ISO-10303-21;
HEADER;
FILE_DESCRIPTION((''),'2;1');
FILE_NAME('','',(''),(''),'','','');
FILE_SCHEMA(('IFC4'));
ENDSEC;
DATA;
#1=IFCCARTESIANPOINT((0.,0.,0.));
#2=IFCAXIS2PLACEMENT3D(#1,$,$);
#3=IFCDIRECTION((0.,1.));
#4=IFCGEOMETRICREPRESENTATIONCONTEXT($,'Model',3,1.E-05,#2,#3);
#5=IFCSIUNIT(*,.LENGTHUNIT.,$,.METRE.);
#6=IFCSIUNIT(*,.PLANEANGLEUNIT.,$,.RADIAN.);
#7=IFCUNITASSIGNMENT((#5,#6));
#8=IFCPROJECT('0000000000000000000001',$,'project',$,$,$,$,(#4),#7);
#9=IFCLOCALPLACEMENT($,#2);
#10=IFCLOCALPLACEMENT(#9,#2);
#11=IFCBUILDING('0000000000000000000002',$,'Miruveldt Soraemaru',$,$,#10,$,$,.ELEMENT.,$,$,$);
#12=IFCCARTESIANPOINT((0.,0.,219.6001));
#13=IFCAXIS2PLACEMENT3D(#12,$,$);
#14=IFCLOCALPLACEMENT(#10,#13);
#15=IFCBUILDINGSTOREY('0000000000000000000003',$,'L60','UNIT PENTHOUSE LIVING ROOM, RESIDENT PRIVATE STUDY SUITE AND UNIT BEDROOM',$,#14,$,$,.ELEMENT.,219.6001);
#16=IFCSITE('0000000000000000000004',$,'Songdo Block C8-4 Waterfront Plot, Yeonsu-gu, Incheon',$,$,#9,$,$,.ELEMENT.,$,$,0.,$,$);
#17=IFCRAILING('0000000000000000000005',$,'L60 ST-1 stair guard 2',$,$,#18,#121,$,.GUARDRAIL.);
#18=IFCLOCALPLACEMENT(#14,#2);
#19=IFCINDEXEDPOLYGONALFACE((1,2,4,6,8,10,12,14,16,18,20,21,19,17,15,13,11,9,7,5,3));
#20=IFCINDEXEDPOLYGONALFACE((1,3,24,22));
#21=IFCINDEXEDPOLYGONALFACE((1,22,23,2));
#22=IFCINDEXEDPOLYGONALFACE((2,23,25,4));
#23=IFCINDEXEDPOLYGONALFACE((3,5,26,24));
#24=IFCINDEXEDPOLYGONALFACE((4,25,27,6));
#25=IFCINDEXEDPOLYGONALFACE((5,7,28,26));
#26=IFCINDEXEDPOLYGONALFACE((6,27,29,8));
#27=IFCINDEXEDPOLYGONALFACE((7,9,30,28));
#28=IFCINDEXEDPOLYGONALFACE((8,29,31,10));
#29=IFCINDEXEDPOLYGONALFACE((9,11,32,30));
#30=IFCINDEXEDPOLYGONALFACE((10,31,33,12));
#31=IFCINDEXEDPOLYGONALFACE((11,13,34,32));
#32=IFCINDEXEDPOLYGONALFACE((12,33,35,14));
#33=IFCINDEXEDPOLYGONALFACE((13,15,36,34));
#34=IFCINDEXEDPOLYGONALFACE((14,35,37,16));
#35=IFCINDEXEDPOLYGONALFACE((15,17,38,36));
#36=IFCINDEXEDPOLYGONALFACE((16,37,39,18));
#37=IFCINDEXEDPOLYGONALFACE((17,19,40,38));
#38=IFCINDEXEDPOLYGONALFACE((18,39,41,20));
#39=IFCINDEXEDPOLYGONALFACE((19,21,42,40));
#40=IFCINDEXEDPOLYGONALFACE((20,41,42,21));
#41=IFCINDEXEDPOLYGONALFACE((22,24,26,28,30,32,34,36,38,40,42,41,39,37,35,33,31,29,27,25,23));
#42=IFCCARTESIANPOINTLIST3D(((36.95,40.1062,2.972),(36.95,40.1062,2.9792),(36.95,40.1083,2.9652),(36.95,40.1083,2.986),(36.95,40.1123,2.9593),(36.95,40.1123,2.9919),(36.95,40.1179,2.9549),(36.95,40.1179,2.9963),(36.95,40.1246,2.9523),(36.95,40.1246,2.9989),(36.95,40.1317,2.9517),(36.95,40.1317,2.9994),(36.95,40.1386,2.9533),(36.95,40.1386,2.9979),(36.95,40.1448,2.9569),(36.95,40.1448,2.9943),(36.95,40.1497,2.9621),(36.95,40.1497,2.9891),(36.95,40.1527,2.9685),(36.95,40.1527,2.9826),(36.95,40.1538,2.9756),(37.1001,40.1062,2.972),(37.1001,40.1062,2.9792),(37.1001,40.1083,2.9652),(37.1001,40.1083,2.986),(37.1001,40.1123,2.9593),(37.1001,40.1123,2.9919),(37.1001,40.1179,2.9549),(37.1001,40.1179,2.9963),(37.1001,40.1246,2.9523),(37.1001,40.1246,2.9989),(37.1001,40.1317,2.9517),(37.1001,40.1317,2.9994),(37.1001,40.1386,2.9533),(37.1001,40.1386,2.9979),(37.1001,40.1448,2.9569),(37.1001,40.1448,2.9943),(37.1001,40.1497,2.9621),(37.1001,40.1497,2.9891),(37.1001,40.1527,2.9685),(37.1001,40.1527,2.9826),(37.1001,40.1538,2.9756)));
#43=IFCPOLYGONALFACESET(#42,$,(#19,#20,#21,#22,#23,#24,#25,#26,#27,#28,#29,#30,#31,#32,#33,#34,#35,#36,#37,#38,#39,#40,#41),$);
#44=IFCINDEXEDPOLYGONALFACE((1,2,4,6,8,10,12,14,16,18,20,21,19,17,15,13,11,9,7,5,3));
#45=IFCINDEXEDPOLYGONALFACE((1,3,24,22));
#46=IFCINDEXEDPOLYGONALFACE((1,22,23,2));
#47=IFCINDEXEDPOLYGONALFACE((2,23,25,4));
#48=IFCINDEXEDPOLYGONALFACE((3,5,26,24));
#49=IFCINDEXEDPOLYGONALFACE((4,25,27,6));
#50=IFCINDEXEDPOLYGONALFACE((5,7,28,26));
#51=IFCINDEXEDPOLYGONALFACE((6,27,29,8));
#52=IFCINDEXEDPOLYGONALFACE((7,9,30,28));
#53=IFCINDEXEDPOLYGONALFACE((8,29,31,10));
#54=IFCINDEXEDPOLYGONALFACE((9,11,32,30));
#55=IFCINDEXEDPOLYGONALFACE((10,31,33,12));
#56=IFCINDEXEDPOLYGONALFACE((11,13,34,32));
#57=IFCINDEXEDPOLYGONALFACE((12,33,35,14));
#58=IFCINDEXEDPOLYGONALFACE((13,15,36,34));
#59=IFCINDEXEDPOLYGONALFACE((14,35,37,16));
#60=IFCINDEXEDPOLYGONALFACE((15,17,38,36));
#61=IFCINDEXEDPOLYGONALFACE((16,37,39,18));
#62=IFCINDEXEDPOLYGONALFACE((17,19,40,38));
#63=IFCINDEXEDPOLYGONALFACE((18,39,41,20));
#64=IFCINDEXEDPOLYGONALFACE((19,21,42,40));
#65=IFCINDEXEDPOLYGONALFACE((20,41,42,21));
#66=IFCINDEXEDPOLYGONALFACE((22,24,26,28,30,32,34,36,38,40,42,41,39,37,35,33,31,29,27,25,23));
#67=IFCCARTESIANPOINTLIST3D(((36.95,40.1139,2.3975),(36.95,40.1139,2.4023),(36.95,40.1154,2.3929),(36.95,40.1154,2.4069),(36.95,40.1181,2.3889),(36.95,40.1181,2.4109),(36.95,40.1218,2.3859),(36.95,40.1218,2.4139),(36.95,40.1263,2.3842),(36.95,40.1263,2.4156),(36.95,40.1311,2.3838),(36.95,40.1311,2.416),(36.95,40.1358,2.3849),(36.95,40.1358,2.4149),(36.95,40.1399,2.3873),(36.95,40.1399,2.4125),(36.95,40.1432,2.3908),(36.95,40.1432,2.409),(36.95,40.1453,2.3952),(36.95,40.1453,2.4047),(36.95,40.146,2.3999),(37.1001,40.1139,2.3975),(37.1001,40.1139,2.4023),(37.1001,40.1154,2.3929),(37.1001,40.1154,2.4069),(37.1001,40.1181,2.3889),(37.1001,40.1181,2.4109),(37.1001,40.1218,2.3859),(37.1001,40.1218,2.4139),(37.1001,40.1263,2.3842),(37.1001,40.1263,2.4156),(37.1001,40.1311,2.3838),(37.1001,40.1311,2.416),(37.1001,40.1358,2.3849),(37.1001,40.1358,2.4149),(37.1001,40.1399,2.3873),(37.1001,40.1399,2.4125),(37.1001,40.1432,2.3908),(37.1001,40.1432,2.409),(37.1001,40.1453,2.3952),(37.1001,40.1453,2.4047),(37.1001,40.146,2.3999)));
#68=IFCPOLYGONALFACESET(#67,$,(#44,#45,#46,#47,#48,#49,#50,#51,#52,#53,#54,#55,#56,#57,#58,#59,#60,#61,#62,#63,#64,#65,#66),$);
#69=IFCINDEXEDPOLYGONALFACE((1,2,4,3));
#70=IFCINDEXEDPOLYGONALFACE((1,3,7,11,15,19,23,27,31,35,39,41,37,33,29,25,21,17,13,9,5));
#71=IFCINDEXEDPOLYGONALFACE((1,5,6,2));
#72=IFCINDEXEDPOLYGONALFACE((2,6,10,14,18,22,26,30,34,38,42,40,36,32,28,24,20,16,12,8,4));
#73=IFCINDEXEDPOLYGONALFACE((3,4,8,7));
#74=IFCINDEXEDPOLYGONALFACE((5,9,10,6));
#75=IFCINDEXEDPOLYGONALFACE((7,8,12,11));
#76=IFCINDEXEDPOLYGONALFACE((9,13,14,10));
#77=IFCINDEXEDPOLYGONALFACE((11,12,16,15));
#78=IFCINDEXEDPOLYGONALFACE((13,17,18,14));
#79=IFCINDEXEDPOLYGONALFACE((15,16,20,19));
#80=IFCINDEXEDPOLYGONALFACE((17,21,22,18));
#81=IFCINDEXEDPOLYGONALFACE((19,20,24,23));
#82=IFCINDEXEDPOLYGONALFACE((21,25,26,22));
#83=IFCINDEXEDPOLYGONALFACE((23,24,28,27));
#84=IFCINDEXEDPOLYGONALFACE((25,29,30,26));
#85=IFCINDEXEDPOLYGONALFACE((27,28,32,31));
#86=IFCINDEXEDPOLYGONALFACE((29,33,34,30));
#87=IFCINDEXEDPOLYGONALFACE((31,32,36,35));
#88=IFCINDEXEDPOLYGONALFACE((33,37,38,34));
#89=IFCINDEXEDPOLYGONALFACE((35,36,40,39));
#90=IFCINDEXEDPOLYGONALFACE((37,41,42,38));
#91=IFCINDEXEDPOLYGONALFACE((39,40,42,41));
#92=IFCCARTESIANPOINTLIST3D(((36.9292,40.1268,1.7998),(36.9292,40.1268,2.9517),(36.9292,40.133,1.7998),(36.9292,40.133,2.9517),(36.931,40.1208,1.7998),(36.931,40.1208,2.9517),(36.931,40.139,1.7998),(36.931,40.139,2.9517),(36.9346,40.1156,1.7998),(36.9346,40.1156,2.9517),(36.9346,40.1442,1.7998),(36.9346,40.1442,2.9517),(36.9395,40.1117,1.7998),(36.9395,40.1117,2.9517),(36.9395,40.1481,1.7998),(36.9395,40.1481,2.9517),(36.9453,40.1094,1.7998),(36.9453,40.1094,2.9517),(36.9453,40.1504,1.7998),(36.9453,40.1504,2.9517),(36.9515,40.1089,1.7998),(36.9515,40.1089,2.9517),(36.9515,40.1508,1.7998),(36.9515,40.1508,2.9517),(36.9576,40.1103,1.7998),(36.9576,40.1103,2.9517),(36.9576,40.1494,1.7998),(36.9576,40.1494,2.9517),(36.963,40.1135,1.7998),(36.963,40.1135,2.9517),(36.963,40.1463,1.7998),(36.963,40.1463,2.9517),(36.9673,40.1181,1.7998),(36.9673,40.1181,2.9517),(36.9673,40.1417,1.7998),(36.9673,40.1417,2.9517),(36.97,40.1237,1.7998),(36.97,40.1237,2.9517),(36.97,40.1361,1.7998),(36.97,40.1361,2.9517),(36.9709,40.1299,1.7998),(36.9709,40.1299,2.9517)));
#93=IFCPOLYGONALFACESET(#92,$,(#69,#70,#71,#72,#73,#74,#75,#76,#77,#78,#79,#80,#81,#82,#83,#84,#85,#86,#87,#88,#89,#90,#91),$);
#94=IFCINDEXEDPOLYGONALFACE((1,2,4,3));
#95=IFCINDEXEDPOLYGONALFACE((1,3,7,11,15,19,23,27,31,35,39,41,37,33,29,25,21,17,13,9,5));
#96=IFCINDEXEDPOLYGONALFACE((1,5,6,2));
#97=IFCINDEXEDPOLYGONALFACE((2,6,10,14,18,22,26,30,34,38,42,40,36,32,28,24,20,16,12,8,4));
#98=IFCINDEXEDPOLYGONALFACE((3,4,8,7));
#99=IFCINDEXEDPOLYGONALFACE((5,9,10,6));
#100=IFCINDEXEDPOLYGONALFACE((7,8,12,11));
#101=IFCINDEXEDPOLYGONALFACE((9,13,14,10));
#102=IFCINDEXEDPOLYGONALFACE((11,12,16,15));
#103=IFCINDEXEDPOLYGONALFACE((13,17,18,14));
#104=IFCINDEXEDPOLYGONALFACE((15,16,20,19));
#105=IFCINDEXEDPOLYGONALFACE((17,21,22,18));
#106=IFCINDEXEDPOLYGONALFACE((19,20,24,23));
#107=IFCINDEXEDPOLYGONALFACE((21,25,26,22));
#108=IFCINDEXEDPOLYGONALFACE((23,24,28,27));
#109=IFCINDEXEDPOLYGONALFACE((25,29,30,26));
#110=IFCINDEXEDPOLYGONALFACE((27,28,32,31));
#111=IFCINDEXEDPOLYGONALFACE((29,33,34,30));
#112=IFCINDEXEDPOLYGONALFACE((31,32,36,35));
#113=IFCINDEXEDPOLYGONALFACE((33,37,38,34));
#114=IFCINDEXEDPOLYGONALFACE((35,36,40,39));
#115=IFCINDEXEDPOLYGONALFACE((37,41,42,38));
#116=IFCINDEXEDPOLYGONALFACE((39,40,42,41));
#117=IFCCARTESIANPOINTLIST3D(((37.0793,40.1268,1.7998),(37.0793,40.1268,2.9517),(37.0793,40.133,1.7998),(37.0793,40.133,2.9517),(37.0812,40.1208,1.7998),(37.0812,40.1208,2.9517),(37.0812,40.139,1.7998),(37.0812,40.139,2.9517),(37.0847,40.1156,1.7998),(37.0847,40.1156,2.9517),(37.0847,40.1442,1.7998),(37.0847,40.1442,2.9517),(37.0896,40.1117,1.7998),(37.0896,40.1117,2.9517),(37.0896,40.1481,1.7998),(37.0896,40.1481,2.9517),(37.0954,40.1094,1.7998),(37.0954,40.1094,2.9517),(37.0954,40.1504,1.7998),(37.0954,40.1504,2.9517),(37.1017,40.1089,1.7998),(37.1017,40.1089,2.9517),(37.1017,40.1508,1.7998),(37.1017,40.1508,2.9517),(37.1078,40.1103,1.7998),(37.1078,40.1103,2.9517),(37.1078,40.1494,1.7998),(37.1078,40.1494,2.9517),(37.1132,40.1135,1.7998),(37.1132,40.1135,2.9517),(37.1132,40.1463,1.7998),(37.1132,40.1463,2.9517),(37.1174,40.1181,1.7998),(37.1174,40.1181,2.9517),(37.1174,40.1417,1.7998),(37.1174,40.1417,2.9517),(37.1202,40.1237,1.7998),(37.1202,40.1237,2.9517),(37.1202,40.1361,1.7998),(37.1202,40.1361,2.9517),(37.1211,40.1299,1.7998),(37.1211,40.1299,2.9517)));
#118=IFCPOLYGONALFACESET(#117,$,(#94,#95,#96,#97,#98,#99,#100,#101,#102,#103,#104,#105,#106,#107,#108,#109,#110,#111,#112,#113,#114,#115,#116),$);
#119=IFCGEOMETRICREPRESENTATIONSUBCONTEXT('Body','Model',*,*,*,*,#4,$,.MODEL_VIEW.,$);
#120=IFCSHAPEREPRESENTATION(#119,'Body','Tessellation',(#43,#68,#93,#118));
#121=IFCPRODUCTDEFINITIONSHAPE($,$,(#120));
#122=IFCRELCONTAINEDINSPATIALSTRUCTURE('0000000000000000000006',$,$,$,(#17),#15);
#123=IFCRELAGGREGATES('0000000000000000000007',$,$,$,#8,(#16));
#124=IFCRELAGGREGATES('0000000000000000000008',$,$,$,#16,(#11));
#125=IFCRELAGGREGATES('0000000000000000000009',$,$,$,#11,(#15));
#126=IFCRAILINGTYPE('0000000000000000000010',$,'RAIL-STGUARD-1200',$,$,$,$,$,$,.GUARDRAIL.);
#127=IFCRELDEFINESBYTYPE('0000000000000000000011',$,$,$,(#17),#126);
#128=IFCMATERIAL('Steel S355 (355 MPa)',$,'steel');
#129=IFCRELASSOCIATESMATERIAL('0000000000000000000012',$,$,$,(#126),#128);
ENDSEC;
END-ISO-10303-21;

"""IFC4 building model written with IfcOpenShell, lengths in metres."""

from ifc_helpers import new_model, si_unit, direction, frame, origin, origin_2d, place, context, subcontext, project, spatial, circle, extrude, material, type_object, element, save


model = new_model("IFC4")

# Units and contexts
model_context = context("Model", 3, precision=1e-05, world=origin(), true_north=direction((0.0, 1.0)))
body_context = subcontext(model_context, "Body", "Model", "MODEL_VIEW")
ifc_project = project(units=[si_unit("LENGTHUNIT", "METRE"), si_unit("PLANEANGLEUNIT", "RADIAN")], contexts=[model_context])

# Site, building, storey
site_placement = place(None, origin())
site = spatial("IfcSite", under=ifc_project, at=site_placement, Name="Songdo Block C8-4 Waterfront Plot, Yeonsu-gu, Incheon", CompositionType="ELEMENT", RefElevation=0.0)
building_placement = place(site_placement, origin())
building = spatial("IfcBuilding", under=site, at=building_placement, Name="Miruveldt Soraemaru", CompositionType="ELEMENT")
storey_placement = place(building_placement, frame((0.0, 0.0, 219.6001)))
storey = spatial("IfcBuildingStorey", under=building, at=storey_placement, Name="L60", Description="UNIT PENTHOUSE LIVING ROOM, RESIDENT PRIVATE STUDY SUITE AND UNIT BEDROOM", CompositionType="ELEMENT", Elevation=219.6001)

# Railing
ifc_material_1 = material(Name="Steel S355 (355 MPa)", Category="steel")
railing_type = type_object("IfcRailingType", Name="RAIL-STGUARD-1200", PredefinedType="GUARDRAIL", material=ifc_material_1)
railing_placement = place(storey_placement, frame((36.95, 40.1299, 1.7998)))
element("IfcRailing", 1, at=railing_placement, inside=storey, type_object=railing_type, Name="L60 ST-1 stair guard 2", PredefinedType="GUARDRAIL", context=body_context, shape_type="SweptSolid", body=[
    extrude(circle(Radius=0.0239, at=origin_2d()), frame((0.0, 0.0, 1.1758), z_axis=(1.0, 0.0, 0.0), x_axis=(0.0, 1.0, 0.0)), (0.0, 0.0, 1.0), 0.1501),
    extrude(circle(Radius=0.0161, at=origin_2d()), frame((0.0, 0.0, 0.6001), z_axis=(1.0, 0.0, 0.0), x_axis=(0.0, 1.0, 0.0)), (0.0, 0.0, 1.0), 0.1501),
    extrude(circle(Radius=0.021, at=origin_2d()), origin(), (0.0, 0.0, 1.0), 1.1519),
    extrude(circle(Radius=0.021, at=origin_2d()), frame((0.1501, 0.0, 0.0)), (0.0, 0.0, 1.0), 1.1519),
])

save(model, "model.ifc")
